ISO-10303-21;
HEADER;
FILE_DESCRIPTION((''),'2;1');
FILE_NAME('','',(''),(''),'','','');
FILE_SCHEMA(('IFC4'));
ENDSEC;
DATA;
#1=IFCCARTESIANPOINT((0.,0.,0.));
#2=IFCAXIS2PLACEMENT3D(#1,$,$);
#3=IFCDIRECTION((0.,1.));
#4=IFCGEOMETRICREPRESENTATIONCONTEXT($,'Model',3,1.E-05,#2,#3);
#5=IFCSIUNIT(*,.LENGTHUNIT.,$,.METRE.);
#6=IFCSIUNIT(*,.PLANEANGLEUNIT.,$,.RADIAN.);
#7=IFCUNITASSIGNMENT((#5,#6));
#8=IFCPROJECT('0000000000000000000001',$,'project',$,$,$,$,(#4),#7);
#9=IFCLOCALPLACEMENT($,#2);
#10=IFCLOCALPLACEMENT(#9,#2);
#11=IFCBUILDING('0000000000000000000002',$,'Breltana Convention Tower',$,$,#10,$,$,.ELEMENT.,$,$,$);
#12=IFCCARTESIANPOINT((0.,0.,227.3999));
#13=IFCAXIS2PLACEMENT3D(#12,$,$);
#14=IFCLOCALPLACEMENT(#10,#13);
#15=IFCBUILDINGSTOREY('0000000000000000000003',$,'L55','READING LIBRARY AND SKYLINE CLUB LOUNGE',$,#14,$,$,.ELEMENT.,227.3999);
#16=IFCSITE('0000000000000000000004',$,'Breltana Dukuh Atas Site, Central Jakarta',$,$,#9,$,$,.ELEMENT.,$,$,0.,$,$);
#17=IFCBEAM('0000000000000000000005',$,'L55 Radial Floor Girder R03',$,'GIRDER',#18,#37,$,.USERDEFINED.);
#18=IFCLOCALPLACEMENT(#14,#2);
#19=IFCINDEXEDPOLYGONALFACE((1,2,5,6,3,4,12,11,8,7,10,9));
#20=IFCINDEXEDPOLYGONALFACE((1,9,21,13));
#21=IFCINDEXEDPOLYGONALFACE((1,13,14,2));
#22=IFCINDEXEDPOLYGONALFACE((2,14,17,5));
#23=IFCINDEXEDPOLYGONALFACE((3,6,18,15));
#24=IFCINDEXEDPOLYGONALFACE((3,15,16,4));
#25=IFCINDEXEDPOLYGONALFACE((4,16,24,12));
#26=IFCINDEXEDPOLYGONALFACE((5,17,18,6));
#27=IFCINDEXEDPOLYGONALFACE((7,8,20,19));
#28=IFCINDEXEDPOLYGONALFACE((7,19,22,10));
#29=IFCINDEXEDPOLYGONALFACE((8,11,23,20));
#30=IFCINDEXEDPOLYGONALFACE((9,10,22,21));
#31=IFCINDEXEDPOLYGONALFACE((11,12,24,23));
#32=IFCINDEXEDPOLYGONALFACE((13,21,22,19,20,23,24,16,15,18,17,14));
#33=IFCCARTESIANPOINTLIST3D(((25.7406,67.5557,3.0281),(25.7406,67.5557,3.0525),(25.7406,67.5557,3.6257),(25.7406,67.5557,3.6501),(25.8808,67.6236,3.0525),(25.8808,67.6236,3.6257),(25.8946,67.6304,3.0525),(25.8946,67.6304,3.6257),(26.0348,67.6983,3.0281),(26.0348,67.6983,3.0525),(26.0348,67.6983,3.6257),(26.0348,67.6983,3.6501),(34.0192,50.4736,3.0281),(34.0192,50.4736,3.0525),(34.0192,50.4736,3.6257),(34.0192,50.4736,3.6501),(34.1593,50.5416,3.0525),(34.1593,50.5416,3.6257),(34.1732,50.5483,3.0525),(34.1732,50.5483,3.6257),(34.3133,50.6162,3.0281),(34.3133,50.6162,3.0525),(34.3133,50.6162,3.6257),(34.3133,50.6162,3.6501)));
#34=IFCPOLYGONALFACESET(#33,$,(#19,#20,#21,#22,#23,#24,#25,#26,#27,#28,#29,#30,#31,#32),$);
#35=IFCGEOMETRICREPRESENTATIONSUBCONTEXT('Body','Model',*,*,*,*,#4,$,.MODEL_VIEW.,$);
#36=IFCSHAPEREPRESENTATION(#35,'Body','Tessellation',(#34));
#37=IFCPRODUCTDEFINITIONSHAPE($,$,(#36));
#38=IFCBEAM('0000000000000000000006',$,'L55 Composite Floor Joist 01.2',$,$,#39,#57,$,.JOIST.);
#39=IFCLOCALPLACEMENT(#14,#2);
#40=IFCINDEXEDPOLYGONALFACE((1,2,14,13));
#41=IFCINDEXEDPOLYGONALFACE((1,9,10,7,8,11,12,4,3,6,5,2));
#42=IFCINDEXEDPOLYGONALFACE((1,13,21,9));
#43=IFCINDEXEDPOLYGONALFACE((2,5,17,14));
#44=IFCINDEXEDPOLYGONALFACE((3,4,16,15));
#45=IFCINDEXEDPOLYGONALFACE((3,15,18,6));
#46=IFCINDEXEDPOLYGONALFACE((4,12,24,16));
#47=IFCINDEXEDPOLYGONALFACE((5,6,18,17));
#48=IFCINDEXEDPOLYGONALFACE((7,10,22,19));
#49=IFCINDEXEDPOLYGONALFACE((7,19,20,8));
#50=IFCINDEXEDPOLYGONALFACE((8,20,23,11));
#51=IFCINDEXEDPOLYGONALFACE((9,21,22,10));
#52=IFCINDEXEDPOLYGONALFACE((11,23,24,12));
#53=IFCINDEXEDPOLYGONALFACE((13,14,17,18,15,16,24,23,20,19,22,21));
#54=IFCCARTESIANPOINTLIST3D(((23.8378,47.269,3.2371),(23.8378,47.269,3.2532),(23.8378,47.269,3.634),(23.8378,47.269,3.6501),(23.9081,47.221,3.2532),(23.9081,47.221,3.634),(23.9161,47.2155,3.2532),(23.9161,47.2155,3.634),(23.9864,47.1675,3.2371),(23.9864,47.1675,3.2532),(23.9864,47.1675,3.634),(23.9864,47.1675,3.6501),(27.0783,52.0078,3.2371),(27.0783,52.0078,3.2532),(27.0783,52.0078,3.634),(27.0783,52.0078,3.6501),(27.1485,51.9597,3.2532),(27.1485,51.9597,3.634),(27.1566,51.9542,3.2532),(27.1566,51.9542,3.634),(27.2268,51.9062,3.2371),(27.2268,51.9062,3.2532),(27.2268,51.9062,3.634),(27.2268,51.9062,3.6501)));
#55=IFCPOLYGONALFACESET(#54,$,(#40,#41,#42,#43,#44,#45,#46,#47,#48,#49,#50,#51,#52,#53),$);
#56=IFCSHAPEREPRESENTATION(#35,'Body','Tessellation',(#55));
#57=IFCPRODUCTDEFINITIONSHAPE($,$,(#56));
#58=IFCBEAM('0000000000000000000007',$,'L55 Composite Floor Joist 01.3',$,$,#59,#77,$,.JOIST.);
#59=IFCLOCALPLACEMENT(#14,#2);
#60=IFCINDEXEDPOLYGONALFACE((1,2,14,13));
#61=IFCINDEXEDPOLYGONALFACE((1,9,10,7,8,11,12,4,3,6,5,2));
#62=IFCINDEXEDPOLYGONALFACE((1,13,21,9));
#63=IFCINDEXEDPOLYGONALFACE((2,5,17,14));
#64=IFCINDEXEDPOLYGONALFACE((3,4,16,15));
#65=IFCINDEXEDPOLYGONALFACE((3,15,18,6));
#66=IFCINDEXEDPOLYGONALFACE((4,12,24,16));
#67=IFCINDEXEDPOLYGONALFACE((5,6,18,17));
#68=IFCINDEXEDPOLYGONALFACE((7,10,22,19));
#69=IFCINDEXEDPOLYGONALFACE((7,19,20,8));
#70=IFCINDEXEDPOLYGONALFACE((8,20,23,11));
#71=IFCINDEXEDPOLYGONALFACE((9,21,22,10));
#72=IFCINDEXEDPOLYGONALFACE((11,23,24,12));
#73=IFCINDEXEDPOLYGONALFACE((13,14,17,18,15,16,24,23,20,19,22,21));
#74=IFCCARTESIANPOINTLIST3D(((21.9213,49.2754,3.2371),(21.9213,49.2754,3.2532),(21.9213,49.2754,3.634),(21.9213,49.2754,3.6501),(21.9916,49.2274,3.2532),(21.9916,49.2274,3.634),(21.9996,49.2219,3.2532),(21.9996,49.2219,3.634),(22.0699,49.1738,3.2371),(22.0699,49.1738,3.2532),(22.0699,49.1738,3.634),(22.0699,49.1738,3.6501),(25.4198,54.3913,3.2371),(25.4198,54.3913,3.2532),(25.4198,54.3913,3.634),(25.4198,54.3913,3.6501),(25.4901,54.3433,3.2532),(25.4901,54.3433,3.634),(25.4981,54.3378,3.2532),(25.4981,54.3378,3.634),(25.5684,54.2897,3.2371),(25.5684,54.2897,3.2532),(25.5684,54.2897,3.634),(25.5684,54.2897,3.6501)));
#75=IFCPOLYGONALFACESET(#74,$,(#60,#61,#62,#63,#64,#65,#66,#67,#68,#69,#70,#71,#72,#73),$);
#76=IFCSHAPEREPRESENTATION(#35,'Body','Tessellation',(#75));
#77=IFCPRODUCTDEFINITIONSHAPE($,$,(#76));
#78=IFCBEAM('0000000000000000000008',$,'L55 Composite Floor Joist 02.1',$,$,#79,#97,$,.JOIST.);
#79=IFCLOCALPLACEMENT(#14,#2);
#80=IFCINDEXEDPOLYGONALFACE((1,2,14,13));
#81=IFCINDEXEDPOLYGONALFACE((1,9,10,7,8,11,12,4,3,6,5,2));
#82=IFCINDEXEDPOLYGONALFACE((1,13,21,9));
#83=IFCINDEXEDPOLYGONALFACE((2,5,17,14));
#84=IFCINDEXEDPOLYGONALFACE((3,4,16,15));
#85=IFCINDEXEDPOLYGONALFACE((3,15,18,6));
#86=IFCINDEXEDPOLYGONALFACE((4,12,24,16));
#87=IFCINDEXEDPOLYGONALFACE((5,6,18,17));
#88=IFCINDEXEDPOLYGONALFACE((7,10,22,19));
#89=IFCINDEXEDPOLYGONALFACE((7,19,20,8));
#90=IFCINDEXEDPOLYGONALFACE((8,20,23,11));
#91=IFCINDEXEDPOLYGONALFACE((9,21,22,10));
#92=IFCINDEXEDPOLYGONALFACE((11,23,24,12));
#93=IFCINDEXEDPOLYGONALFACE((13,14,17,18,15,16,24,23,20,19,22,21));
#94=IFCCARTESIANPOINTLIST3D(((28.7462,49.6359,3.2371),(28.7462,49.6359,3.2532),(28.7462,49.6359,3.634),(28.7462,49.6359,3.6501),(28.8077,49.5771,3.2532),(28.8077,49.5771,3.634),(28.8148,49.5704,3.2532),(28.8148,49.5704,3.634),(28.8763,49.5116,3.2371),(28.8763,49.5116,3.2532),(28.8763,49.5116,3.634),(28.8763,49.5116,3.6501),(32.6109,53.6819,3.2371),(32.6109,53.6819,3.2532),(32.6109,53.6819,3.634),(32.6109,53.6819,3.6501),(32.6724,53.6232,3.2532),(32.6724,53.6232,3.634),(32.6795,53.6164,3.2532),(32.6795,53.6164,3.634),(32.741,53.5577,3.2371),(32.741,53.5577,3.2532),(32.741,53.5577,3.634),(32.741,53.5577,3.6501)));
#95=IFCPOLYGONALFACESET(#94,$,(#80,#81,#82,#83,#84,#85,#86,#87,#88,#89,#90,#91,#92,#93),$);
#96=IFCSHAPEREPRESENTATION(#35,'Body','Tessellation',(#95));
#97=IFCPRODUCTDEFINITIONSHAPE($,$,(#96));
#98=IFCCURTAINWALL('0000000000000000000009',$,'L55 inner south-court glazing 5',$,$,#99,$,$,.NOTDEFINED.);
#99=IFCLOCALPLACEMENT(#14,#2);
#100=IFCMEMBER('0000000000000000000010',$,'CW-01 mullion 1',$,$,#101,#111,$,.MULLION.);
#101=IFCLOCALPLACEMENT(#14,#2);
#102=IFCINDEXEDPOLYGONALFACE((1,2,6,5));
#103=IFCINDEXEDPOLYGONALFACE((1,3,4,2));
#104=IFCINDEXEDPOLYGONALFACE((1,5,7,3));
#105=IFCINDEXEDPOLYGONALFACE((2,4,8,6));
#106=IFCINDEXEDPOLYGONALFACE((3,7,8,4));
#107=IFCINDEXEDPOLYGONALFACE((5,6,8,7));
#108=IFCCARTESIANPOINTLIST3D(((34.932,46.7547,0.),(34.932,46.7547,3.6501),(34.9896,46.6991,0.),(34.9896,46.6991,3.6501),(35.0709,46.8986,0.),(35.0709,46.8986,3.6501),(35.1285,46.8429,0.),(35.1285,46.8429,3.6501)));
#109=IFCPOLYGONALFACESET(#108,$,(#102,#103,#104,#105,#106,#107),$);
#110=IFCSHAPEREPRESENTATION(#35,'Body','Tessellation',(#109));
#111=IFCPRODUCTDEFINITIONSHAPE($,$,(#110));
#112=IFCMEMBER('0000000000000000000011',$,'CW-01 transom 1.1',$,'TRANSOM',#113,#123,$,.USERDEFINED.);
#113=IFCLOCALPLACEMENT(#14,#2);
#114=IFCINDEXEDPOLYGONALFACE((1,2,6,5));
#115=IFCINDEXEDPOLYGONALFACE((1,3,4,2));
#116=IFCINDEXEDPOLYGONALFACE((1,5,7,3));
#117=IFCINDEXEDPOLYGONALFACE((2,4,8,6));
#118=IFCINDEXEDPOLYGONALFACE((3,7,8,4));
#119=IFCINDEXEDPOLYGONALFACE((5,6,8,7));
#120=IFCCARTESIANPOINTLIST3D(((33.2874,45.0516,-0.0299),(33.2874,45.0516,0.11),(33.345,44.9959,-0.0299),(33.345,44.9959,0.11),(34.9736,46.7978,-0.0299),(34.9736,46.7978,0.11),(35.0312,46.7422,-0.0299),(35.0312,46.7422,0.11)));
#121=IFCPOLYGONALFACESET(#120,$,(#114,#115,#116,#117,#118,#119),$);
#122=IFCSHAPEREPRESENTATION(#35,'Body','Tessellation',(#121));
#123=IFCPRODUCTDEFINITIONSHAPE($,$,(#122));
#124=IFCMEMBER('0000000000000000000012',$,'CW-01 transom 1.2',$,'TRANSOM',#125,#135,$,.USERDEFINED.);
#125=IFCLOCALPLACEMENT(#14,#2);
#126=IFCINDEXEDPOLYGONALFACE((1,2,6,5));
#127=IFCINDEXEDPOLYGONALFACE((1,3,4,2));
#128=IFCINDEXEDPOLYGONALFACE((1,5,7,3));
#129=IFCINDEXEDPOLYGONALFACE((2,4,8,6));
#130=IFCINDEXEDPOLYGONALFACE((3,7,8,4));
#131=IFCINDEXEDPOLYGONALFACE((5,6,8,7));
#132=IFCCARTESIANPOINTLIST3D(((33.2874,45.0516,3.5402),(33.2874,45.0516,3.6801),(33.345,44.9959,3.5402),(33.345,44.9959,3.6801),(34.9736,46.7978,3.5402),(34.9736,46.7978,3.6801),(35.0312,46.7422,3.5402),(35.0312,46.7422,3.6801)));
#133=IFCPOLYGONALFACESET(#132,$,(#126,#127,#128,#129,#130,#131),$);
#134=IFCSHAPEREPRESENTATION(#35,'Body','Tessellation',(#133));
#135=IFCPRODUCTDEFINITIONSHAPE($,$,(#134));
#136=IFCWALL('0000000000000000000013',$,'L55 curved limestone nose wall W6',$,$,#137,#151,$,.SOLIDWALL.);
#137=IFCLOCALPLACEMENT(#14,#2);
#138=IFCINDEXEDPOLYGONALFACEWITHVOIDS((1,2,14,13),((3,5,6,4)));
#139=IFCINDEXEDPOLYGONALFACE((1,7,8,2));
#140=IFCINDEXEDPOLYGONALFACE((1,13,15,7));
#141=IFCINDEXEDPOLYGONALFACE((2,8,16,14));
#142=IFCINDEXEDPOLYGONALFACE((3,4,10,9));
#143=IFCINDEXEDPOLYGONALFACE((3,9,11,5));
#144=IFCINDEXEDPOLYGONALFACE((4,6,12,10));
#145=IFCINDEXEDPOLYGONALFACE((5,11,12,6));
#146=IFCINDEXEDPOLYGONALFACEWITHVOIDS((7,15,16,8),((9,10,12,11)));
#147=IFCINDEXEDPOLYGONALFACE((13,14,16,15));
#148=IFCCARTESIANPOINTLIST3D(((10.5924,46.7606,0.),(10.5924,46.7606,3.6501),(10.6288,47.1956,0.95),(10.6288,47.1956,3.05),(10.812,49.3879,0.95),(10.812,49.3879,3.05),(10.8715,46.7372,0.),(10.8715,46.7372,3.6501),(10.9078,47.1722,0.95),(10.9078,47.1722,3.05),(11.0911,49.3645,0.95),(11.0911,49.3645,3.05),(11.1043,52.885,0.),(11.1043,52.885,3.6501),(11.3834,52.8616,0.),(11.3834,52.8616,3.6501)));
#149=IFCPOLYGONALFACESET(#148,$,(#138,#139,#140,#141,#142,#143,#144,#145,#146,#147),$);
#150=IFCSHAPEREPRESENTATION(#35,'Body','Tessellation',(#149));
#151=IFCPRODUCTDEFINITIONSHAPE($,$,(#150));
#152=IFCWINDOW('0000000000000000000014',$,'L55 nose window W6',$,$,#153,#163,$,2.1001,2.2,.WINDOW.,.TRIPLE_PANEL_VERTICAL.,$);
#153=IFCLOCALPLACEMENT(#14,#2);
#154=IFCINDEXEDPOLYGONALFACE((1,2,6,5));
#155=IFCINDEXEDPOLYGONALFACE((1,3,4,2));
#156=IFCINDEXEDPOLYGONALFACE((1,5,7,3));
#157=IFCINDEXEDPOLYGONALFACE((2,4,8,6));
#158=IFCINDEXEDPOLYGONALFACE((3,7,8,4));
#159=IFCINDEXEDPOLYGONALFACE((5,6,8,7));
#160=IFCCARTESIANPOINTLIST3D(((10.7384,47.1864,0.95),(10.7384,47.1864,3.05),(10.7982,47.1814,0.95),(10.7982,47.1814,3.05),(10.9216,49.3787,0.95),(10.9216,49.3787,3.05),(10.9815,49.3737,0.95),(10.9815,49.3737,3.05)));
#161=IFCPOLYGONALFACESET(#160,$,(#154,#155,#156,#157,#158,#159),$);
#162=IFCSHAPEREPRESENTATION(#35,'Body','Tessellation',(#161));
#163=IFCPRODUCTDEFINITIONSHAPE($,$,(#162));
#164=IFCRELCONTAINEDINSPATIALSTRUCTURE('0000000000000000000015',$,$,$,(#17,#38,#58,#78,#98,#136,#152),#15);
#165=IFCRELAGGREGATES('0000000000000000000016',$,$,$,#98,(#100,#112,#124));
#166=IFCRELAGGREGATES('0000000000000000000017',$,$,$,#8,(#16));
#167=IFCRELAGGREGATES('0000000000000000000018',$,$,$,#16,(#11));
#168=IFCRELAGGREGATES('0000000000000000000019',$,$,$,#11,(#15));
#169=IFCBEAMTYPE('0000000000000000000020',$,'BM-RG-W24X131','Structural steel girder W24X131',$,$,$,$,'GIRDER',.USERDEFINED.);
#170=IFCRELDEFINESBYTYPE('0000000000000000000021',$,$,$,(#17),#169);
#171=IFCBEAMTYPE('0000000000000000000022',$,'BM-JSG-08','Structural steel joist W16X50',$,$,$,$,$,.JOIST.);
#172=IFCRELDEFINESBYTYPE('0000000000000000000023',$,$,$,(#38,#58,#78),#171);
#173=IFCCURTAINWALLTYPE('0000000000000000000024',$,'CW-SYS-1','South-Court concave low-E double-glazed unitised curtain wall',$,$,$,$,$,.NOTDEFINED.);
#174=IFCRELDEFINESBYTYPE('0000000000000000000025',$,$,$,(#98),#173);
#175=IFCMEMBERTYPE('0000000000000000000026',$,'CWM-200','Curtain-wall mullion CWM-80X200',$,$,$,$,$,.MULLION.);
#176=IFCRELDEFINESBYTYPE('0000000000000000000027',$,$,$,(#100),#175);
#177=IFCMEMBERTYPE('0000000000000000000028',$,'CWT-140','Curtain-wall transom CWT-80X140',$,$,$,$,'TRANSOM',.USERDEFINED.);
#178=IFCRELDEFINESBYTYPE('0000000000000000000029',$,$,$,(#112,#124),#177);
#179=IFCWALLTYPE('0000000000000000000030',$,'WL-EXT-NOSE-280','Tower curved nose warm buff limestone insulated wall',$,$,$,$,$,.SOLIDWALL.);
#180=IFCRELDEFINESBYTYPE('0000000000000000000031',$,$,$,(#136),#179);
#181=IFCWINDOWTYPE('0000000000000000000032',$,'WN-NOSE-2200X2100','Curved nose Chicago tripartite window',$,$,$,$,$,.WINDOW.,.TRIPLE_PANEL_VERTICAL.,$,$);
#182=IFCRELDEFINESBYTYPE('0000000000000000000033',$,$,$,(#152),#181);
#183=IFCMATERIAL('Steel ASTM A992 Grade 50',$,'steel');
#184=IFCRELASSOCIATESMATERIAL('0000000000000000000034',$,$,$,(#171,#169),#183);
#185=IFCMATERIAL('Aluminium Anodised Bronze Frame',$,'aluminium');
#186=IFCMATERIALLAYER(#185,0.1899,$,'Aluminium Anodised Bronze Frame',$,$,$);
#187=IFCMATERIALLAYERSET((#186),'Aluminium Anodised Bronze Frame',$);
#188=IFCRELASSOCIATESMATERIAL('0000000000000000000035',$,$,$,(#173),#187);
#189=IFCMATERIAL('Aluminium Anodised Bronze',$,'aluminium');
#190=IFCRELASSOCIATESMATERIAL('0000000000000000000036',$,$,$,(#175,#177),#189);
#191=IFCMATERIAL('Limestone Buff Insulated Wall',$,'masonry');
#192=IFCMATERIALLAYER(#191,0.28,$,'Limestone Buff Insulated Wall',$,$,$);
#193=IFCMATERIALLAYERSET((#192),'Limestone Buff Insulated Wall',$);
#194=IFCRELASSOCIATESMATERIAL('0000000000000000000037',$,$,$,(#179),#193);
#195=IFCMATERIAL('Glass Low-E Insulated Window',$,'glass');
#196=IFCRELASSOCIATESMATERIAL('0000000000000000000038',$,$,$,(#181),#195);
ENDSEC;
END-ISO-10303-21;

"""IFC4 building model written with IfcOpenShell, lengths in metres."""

from ifc_helpers import new_model, si_unit, direction, frame, frame_2d, origin, origin_2d, place, context, subcontext, project, spatial, rectangle, i_section, extrude, source, transform, mapped, material, layer, layer_set, material_profile, profile_set, type_object, type_shapes, element, fill, aggregate, save


model = new_model("IFC4")

# Units and contexts
model_context = context("Model", 3, precision=1e-05, world=origin(), true_north=direction((0.0, 1.0)))
body_context = subcontext(model_context, "Body", "Model", "MODEL_VIEW")
ifc_project = project(units=[si_unit("LENGTHUNIT", "METRE"), si_unit("PLANEANGLEUNIT", "RADIAN")], contexts=[model_context])

# Site, building, storey
site_placement = place(None, origin())
site = spatial("IfcSite", under=ifc_project, at=site_placement, Name="Breltana Dukuh Atas Site, Central Jakarta", CompositionType="ELEMENT", RefElevation=0.0)
building_placement = place(site_placement, origin())
building = spatial("IfcBuilding", under=site, at=building_placement, Name="Breltana Convention Tower", CompositionType="ELEMENT")
storey_placement = place(building_placement, frame((0.0, 0.0, 227.3999)))
storey = spatial("IfcBuildingStorey", under=building, at=storey_placement, Name="L55", Description="READING LIBRARY AND SKYLINE CLUB LOUNGE", CompositionType="ELEMENT", Elevation=227.3999)

# Shared definitions
ifc_material_1 = material(Name="Steel ASTM A992 Grade 50", Category="steel")

# Beams
ifc_material_profile_1 = material_profile(ifc_material_1, i_section(OverallWidth=0.1799, OverallDepth=0.4131, WebThickness=0.0098, FlangeThickness=0.0161, at=origin_2d()), Name="W16X50")
ifc_profile_set_1 = profile_set([ifc_material_profile_1], Name="Steel ASTM A992 Grade 50")
beam_type_1 = type_object("IfcBeamType", Name="BM-JSG-08", Description="Structural steel joist W16X50", PredefinedType="JOIST", material=ifc_profile_set_1)
ifc_material_profile_2 = material_profile(ifc_material_1, i_section(OverallWidth=0.3269, OverallDepth=0.6221, WebThickness=0.0154, FlangeThickness=0.0244, at=origin_2d()), Name="W24X131")
ifc_profile_set_2 = profile_set([ifc_material_profile_2], Name="Steel ASTM A992 Grade 50")
beam_type_2 = type_object("IfcBeamType", Name="BM-RG-W24X131", Description="Structural steel girder W24X131", ElementType="GIRDER", PredefinedType="USERDEFINED", material=ifc_profile_set_2)
shared_shape_1 = source(origin(), body_context, "Body", "SweptSolid", [
    extrude(i_section(OverallWidth=0.3269, OverallDepth=0.6221, WebThickness=0.0154, FlangeThickness=0.0244, at=origin_2d()), origin(), (0.0, 0.0, 1.0), 18.9824),
])
beam_1_placement = place(storey_placement, frame((34.1663, 50.5449, 3.3391), z_axis=(-0.436119, 0.899889, 0.0), x_axis=(-0.899889, -0.436119, 0.0)))
element("IfcBeam", 1, at=beam_1_placement, inside=storey, type_object=beam_type_2, Name="L55 Radial Floor Girder R03", ObjectType="GIRDER", PredefinedType="USERDEFINED", context=body_context, shape_type="MappedRepresentation", body=[
    mapped(shared_shape_1, transform((0.0, 0.0, 0.0), scale=1.0)),
])
shared_shape_2 = source(origin(), body_context, "Body", "SweptSolid", [
    extrude(i_section(OverallWidth=0.1799, OverallDepth=0.4131, WebThickness=0.0098, FlangeThickness=0.0161, at=origin_2d()), origin(), (0.0, 0.0, 1.0), 5.7407),
])
beam_2_placement = place(storey_placement, frame((23.9121, 47.2183, 3.4436), z_axis=(0.564466, 0.825456, 0.0), x_axis=(-0.825456, 0.564466, 0.0)))
element("IfcBeam", 2, at=beam_2_placement, inside=storey, type_object=beam_type_1, Name="L55 Composite Floor Joist 01.2", PredefinedType="JOIST", context=body_context, shape_type="MappedRepresentation", body=[
    mapped(shared_shape_2, transform((0.0, 0.0, 0.0), scale=1.0)),
])
shared_shape_3 = source(origin(), body_context, "Body", "SweptSolid", [
    extrude(i_section(OverallWidth=0.1799, OverallDepth=0.4131, WebThickness=0.0098, FlangeThickness=0.0161, at=origin_2d()), origin(), (0.0, 0.0, 1.0), 6.1978),
])
beam_3_placement = place(storey_placement, frame((21.9956, 49.2246, 3.4436), z_axis=(0.564479, 0.825447, 0.0), x_axis=(-0.825447, 0.564479, 0.0)))
element("IfcBeam", 3, at=beam_3_placement, inside=storey, type_object=beam_type_1, Name="L55 Composite Floor Joist 01.3", PredefinedType="JOIST", context=body_context, shape_type="MappedRepresentation", body=[
    mapped(shared_shape_3, transform((0.0, 0.0, 0.0), scale=1.0)),
])
shared_shape_4 = source(origin(), body_context, "Body", "SweptSolid", [
    extrude(i_section(OverallWidth=0.1799, OverallDepth=0.4131, WebThickness=0.0098, FlangeThickness=0.0161, at=origin_2d()), origin(), (0.0, 0.0, 1.0), 5.5952),
])
beam_4_placement = place(storey_placement, frame((28.8113, 49.5737, 3.4436), z_axis=(0.690711, 0.723131, 0.0), x_axis=(-0.723131, 0.690711, 0.0)))
element("IfcBeam", 4, at=beam_4_placement, inside=storey, type_object=beam_type_1, Name="L55 Composite Floor Joist 02.1", PredefinedType="JOIST", context=body_context, shape_type="MappedRepresentation", body=[
    mapped(shared_shape_4, transform((0.0, 0.0, 0.0), scale=1.0)),
])

# Curtain wall, members
ifc_material_2 = material(Name="Aluminium Anodised Bronze Frame", Category="aluminium")
ifc_layer_1 = layer(ifc_material_2, 0.1899, Name="Aluminium Anodised Bronze Frame")
ifc_layer_set_1 = layer_set([ifc_layer_1], Name="Aluminium Anodised Bronze Frame")
curtain_wall_type = type_object("IfcCurtainWallType", Name="CW-SYS-1", Description="South-Court concave low-E double-glazed unitised curtain wall", PredefinedType="NOTDEFINED", material=ifc_layer_set_1)
curtain_wall_placement = place(storey_placement, origin())
curtain_wall = element("IfcCurtainWall", 5, at=curtain_wall_placement, inside=storey, type_object=curtain_wall_type, Name="L55 inner south-court glazing 5", PredefinedType="NOTDEFINED")
ifc_material_3 = material(Name="Aluminium Anodised Bronze", Category="aluminium")
ifc_material_profile_3 = material_profile(ifc_material_3, rectangle(XDim=0.0801, YDim=0.2, at=origin_2d()), Name="CWM-80X200")
ifc_profile_set_3 = profile_set([ifc_material_profile_3], Name="Aluminium Anodised Bronze")
member_type_1 = type_object("IfcMemberType", Name="CWM-200", Description="Curtain-wall mullion CWM-80X200", PredefinedType="MULLION", material=ifc_profile_set_3)
shared_shape_5 = source(origin(), body_context, "Body", "SweptSolid", [
    extrude(rectangle(XDim=0.0801, YDim=0.2, at=origin_2d()), origin(), (0.0, 0.0, 1.0), 3.6501),
])
member_1_placement = place(storey_placement, frame((35.0303, 46.7988, 0.0), z_axis=(0.0, 0.0, 1.0), x_axis=(0.719366, -0.694632, 0.0)))
member_1 = element("IfcMember", 6, at=member_1_placement, type_object=member_type_1, Name="CW-01 mullion 1", PredefinedType="MULLION", context=body_context, shape_type="MappedRepresentation", body=[
    mapped(shared_shape_5, transform((0.0, 0.0, 0.0), scale=1.0)),
])
ifc_material_profile_4 = material_profile(ifc_material_3, rectangle(XDim=0.0801, YDim=0.1399, at=origin_2d()), Name="CWT-80X140")
ifc_profile_set_4 = profile_set([ifc_material_profile_4], Name="Aluminium Anodised Bronze")
member_type_2 = type_object("IfcMemberType", Name="CWT-140", Description="Curtain-wall transom CWT-80X140", ElementType="TRANSOM", PredefinedType="USERDEFINED", material=ifc_profile_set_4)
shared_shape_6 = source(origin(), body_context, "Body", "SweptSolid", [
    extrude(rectangle(XDim=0.0801, YDim=0.1399, at=origin_2d()), origin(), (0.0, 0.0, 1.0), 2.4275),
])
member_2_placement = place(storey_placement, frame((35.0024, 46.77, 0.04), z_axis=(-0.694629, -0.719369, 0.0), x_axis=(0.719369, -0.694629, 0.0)))
member_2 = element("IfcMember", 7, at=member_2_placement, type_object=member_type_2, Name="CW-01 transom 1.1", ObjectType="TRANSOM", PredefinedType="USERDEFINED", context=body_context, shape_type="MappedRepresentation", body=[
    mapped(shared_shape_6, transform((0.0, 0.0, 0.0), scale=1.0)),
])
member_3_placement = place(storey_placement, frame((35.0024, 46.77, 3.6101), z_axis=(-0.694629, -0.719369, 0.0), x_axis=(0.719369, -0.694629, 0.0)))
member_3 = element("IfcMember", 8, at=member_3_placement, type_object=member_type_2, Name="CW-01 transom 1.2", ObjectType="TRANSOM", PredefinedType="USERDEFINED", context=body_context, shape_type="MappedRepresentation", body=[
    mapped(shared_shape_6, transform((0.0, 0.0, 0.0), scale=1.0)),
])
aggregate(curtain_wall, [member_1, member_2, member_3])

# Wall, opening, window
ifc_material_4 = material(Name="Limestone Buff Insulated Wall", Category="masonry")
ifc_layer_2 = layer(ifc_material_4, 0.28, Name="Limestone Buff Insulated Wall")
ifc_layer_set_2 = layer_set([ifc_layer_2], Name="Limestone Buff Insulated Wall")
wall_type_1 = type_object("IfcWallType", Name="WL-EXT-NOSE-280", Description="Tower curved nose warm buff limestone insulated wall", PredefinedType="SOLIDWALL", material=ifc_layer_set_2)
shared_shape_7 = source(origin(), body_context, "Body", "SweptSolid", [
    extrude(rectangle(XDim=6.1458, YDim=0.28, at=frame_2d((3.0728, 0.0))), origin(), (0.0, 0.0, 1.0), 3.6501),
])
wall_1_placement = place(storey_placement, frame((10.7319, 46.749, 0.0), z_axis=(0.0, 0.0, 1.0), x_axis=(0.083302, 0.996524, 0.0)))
wall_1 = element("IfcWall", 9, at=wall_1_placement, inside=storey, type_object=wall_type_1, Name="L55 curved limestone nose wall W6", PredefinedType="SOLIDWALL", context=body_context, shape_type="MappedRepresentation", body=[
    mapped(shared_shape_7, transform((0.0, 0.0, 0.0), scale=1.0)),
])
opening_placement = place(wall_1_placement, frame((0.4363, 0.0, 0.95)))
opening = element("IfcOpeningElement", 10, at=opening_placement, cuts=wall_1, PredefinedType="OPENING", context=body_context, shape_type="SweptSolid", body=[
    extrude(rectangle(XDim=2.2, YDim=2.1001, at=frame_2d((1.1001, 1.05))), frame((0.0, 0.1499, 0.0), z_axis=(0.0, -1.0, 0.0), x_axis=(1.0, 0.0, 0.0)), (0.0, 0.0, 1.0), 0.3),
])
ifc_material_5 = material(Name="Glass Low-E Insulated Window", Category="glass")
window_type = type_object("IfcWindowType", Name="WN-NOSE-2200X2100", Description="Curved nose Chicago tripartite window", PartitioningType="TRIPLE_PANEL_VERTICAL", PredefinedType="WINDOW", material=ifc_material_5)
shared_shape_8 = source(origin(), body_context, "Body", "SweptSolid", [
    extrude(rectangle(XDim=2.2, YDim=2.1001, at=frame_2d((1.1001, 1.05))), frame((0.0, 0.03, 0.0), z_axis=(0.0, -1.0, 0.0), x_axis=(1.0, 0.0, 0.0)), (0.0, 0.0, 1.0), 0.0601),
])
type_shapes(window_type, [shared_shape_8])
window_placement = place(opening_placement, origin())
window = element("IfcWindow", 11, at=window_placement, inside=storey, type_object=window_type, Name="L55 nose window W6", OverallHeight=2.1001, OverallWidth=2.2, PartitioningType="TRIPLE_PANEL_VERTICAL", PredefinedType="WINDOW", context=body_context, shape_type="MappedRepresentation", body=[
    mapped(shared_shape_8, transform((0.0, 0.0, 0.0), scale=1.0)),
])
fill(opening, window)

save(model, "model.ifc")
